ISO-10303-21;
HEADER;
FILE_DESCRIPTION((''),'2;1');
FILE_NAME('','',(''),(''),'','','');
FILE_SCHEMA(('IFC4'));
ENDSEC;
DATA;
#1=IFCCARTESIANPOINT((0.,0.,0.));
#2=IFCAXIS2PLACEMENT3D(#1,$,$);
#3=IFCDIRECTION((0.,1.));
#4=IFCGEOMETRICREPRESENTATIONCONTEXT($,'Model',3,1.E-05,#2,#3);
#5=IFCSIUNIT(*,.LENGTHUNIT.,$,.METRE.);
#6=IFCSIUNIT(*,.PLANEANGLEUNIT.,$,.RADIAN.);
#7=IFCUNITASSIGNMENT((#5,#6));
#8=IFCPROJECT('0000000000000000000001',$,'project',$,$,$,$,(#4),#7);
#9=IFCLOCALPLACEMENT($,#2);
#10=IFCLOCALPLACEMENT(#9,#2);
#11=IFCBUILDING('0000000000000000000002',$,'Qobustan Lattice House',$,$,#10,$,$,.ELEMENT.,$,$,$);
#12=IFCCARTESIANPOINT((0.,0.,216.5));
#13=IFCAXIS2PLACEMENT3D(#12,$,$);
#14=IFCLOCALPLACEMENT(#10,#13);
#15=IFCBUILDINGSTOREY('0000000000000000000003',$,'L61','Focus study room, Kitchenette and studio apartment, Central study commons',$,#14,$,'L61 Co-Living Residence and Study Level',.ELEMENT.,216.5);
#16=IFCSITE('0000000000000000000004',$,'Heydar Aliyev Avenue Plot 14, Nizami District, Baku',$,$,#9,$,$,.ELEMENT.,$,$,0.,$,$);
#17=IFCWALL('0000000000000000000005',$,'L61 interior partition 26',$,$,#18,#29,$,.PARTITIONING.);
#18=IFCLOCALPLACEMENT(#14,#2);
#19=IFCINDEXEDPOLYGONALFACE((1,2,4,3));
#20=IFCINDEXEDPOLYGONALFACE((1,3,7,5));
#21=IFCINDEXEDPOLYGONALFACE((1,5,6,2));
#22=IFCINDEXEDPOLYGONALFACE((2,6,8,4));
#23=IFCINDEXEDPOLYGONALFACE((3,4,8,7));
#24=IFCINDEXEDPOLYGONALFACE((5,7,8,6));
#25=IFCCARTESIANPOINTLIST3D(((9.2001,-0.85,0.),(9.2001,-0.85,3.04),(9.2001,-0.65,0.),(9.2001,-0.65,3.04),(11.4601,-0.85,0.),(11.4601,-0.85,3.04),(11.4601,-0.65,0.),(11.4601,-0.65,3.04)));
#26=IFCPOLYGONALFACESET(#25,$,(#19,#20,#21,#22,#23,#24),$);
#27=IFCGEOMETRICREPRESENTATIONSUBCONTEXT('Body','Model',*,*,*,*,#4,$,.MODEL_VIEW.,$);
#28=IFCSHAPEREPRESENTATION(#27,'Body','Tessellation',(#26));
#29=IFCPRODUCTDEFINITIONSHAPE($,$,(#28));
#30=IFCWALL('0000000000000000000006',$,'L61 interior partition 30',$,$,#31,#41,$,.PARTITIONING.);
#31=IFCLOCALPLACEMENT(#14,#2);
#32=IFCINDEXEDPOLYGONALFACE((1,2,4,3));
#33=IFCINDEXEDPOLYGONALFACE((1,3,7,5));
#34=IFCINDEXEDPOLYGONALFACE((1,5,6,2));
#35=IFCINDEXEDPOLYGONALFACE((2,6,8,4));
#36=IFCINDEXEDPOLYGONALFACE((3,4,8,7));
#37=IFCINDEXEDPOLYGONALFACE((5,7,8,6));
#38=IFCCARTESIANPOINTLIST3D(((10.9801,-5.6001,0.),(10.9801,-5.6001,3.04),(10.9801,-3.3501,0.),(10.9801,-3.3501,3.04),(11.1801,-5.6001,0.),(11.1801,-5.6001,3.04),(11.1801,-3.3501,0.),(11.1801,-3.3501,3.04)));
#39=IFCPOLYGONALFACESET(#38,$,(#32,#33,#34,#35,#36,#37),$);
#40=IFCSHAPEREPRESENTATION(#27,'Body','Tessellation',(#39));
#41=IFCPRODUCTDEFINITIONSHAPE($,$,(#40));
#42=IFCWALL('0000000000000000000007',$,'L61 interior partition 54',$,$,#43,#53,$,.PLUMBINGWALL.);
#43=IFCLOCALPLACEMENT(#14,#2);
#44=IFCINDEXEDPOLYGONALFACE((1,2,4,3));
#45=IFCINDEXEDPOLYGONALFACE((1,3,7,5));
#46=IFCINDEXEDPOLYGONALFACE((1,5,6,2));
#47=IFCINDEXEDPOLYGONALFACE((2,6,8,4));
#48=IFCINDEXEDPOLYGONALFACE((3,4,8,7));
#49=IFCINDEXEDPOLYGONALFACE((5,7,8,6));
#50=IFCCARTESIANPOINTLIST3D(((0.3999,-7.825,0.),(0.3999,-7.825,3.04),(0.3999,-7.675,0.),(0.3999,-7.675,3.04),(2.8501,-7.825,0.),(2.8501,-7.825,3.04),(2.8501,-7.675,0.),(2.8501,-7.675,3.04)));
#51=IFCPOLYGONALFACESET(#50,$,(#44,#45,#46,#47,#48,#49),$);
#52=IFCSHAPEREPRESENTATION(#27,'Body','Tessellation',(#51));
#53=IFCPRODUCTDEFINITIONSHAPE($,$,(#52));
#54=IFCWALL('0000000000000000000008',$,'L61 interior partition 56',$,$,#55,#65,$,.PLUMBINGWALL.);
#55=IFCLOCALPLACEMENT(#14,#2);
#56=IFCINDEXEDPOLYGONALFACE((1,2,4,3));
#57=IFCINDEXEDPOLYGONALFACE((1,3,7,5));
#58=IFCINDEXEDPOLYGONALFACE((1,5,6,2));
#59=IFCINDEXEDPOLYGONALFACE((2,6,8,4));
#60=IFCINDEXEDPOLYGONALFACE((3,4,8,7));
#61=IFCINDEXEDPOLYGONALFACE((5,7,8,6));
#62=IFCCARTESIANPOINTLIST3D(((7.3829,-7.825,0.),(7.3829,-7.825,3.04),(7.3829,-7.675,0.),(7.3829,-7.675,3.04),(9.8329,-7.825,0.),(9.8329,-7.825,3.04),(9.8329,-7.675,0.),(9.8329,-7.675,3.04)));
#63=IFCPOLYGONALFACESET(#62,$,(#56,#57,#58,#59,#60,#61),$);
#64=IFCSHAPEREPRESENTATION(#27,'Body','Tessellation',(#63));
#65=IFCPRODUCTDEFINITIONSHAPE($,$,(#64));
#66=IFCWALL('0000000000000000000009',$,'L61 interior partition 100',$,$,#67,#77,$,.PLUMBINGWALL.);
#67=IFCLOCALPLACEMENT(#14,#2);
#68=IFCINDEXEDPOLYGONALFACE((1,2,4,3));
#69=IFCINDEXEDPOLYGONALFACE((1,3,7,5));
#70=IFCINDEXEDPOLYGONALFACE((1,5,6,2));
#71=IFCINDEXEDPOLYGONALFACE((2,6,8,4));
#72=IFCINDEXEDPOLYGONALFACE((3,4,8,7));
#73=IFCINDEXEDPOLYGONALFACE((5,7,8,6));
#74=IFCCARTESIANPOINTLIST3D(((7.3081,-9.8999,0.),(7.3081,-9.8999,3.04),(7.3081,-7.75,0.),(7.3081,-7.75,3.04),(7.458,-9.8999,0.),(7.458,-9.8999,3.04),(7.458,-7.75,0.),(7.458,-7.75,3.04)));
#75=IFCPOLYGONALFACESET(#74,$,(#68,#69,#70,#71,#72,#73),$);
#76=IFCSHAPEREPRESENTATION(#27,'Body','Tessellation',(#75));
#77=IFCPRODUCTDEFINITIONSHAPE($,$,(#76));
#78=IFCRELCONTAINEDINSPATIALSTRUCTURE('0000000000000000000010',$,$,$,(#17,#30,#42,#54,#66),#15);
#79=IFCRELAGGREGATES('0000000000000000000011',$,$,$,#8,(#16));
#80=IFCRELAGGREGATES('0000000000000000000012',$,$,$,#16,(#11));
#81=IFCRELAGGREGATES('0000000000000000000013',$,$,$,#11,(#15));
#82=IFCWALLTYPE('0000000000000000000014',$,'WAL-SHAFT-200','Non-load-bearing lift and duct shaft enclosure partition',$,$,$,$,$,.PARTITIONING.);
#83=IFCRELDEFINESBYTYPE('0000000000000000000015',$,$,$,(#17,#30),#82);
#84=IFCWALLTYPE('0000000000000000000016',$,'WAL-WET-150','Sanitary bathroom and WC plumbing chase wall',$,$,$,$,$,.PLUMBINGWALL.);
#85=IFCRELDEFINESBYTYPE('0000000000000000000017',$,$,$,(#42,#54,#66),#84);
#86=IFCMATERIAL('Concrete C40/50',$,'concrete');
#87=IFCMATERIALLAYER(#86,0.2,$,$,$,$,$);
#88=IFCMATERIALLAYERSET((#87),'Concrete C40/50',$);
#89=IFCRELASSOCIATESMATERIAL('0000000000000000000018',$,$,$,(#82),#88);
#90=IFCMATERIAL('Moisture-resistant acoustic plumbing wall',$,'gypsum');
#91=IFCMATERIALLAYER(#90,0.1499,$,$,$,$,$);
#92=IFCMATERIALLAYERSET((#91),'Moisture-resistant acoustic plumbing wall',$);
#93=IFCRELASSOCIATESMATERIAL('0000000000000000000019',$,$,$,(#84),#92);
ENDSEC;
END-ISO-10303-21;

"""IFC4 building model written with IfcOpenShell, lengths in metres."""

from ifc_helpers import new_model, si_unit, direction, frame, frame_2d, origin, place, context, subcontext, project, spatial, rectangle, extrude, material, layer, layer_set, type_object, element, save


model = new_model("IFC4")

# Units and contexts
model_context = context("Model", 3, precision=1e-05, world=origin(), true_north=direction((0.0, 1.0)))
body_context = subcontext(model_context, "Body", "Model", "MODEL_VIEW")
ifc_project = project(units=[si_unit("LENGTHUNIT", "METRE"), si_unit("PLANEANGLEUNIT", "RADIAN")], contexts=[model_context])

# Site, building, storey
site_placement = place(None, origin())
site = spatial("IfcSite", under=ifc_project, at=site_placement, Name="Heydar Aliyev Avenue Plot 14, Nizami District, Baku", CompositionType="ELEMENT", RefElevation=0.0)
building_placement = place(site_placement, origin())
building = spatial("IfcBuilding", under=site, at=building_placement, Name="Qobustan Lattice House", CompositionType="ELEMENT")
storey_placement = place(building_placement, frame((0.0, 0.0, 216.5)))
storey = spatial("IfcBuildingStorey", under=building, at=storey_placement, Name="L61", Description="Focus study room, Kitchenette and studio apartment, Central study commons", LongName="L61 Co-Living Residence and Study Level", CompositionType="ELEMENT", Elevation=216.5)

# Shared definitions
ifc_material_1 = material(Name="Concrete C40/50", Category="concrete")
ifc_layer_1 = layer(ifc_material_1, 0.2)
ifc_layer_set_1 = layer_set([ifc_layer_1], Name="Concrete C40/50")
wall_type_1 = type_object("IfcWallType", Name="WAL-SHAFT-200", Description="Non-load-bearing lift and duct shaft enclosure partition", PredefinedType="PARTITIONING", material=ifc_layer_set_1)

# Walls
wall_1_placement = place(storey_placement, frame((11.46, -0.75, 0.0), z_axis=(0.0, 0.0, 1.0), x_axis=(-1.0, 0.0, 0.0)))
element("IfcWall", 1, at=wall_1_placement, inside=storey, type_object=wall_type_1, Name="L61 interior partition 26", PredefinedType="PARTITIONING", context=body_context, shape_type="SweptSolid", body=[
    extrude(rectangle(XDim=2.26, YDim=0.2, at=frame_2d((1.1299, 0.0))), origin(), (0.0, 0.0, 1.0), 3.04),
])
wall_2_placement = place(storey_placement, frame((11.0801, -5.6001, 0.0), z_axis=(0.0, 0.0, 1.0), x_axis=(0.0, 1.0, 0.0)))
element("IfcWall", 2, at=wall_2_placement, inside=storey, type_object=wall_type_1, Name="L61 interior partition 30", PredefinedType="PARTITIONING", context=body_context, shape_type="SweptSolid", body=[
    extrude(rectangle(XDim=2.25, YDim=0.2, at=frame_2d((1.125, 0.0))), origin(), (0.0, 0.0, 1.0), 3.04),
])
ifc_material_2 = material(Name="Moisture-resistant acoustic plumbing wall", Category="gypsum")
ifc_layer_2 = layer(ifc_material_2, 0.1499)
ifc_layer_set_2 = layer_set([ifc_layer_2], Name="Moisture-resistant acoustic plumbing wall")
wall_type_2 = type_object("IfcWallType", Name="WAL-WET-150", Description="Sanitary bathroom and WC plumbing chase wall", PredefinedType="PLUMBINGWALL", material=ifc_layer_set_2)
wall_3_placement = place(storey_placement, frame((2.8501, -7.75, 0.0), z_axis=(0.0, 0.0, 1.0), x_axis=(-1.0, 0.0, 0.0)))
element("IfcWall", 3, at=wall_3_placement, inside=storey, type_object=wall_type_2, Name="L61 interior partition 54", PredefinedType="PLUMBINGWALL", context=body_context, shape_type="SweptSolid", body=[
    extrude(rectangle(XDim=2.4502, YDim=0.1499, at=frame_2d((1.2251, 0.0))), origin(), (0.0, 0.0, 1.0), 3.04),
])
wall_4_placement = place(storey_placement, frame((9.833, -7.75, 0.0), z_axis=(0.0, 0.0, 1.0), x_axis=(-1.0, 0.0, 0.0)))
element("IfcWall", 4, at=wall_4_placement, inside=storey, type_object=wall_type_2, Name="L61 interior partition 56", PredefinedType="PLUMBINGWALL", context=body_context, shape_type="SweptSolid", body=[
    extrude(rectangle(XDim=2.45, YDim=0.1499, at=frame_2d((1.2251, 0.0))), origin(), (0.0, 0.0, 1.0), 3.04),
])
wall_5_placement = place(storey_placement, frame((7.3831, -7.75, 0.0), z_axis=(0.0, 0.0, 1.0), x_axis=(0.0, -1.0, 0.0)))
element("IfcWall", 5, at=wall_5_placement, inside=storey, type_object=wall_type_2, Name="L61 interior partition 100", PredefinedType="PLUMBINGWALL", context=body_context, shape_type="SweptSolid", body=[
    extrude(rectangle(XDim=2.1499, YDim=0.1499, at=frame_2d((1.075, 0.0))), origin(), (0.0, 0.0, 1.0), 3.04),
])

save(model, "model.ifc")
